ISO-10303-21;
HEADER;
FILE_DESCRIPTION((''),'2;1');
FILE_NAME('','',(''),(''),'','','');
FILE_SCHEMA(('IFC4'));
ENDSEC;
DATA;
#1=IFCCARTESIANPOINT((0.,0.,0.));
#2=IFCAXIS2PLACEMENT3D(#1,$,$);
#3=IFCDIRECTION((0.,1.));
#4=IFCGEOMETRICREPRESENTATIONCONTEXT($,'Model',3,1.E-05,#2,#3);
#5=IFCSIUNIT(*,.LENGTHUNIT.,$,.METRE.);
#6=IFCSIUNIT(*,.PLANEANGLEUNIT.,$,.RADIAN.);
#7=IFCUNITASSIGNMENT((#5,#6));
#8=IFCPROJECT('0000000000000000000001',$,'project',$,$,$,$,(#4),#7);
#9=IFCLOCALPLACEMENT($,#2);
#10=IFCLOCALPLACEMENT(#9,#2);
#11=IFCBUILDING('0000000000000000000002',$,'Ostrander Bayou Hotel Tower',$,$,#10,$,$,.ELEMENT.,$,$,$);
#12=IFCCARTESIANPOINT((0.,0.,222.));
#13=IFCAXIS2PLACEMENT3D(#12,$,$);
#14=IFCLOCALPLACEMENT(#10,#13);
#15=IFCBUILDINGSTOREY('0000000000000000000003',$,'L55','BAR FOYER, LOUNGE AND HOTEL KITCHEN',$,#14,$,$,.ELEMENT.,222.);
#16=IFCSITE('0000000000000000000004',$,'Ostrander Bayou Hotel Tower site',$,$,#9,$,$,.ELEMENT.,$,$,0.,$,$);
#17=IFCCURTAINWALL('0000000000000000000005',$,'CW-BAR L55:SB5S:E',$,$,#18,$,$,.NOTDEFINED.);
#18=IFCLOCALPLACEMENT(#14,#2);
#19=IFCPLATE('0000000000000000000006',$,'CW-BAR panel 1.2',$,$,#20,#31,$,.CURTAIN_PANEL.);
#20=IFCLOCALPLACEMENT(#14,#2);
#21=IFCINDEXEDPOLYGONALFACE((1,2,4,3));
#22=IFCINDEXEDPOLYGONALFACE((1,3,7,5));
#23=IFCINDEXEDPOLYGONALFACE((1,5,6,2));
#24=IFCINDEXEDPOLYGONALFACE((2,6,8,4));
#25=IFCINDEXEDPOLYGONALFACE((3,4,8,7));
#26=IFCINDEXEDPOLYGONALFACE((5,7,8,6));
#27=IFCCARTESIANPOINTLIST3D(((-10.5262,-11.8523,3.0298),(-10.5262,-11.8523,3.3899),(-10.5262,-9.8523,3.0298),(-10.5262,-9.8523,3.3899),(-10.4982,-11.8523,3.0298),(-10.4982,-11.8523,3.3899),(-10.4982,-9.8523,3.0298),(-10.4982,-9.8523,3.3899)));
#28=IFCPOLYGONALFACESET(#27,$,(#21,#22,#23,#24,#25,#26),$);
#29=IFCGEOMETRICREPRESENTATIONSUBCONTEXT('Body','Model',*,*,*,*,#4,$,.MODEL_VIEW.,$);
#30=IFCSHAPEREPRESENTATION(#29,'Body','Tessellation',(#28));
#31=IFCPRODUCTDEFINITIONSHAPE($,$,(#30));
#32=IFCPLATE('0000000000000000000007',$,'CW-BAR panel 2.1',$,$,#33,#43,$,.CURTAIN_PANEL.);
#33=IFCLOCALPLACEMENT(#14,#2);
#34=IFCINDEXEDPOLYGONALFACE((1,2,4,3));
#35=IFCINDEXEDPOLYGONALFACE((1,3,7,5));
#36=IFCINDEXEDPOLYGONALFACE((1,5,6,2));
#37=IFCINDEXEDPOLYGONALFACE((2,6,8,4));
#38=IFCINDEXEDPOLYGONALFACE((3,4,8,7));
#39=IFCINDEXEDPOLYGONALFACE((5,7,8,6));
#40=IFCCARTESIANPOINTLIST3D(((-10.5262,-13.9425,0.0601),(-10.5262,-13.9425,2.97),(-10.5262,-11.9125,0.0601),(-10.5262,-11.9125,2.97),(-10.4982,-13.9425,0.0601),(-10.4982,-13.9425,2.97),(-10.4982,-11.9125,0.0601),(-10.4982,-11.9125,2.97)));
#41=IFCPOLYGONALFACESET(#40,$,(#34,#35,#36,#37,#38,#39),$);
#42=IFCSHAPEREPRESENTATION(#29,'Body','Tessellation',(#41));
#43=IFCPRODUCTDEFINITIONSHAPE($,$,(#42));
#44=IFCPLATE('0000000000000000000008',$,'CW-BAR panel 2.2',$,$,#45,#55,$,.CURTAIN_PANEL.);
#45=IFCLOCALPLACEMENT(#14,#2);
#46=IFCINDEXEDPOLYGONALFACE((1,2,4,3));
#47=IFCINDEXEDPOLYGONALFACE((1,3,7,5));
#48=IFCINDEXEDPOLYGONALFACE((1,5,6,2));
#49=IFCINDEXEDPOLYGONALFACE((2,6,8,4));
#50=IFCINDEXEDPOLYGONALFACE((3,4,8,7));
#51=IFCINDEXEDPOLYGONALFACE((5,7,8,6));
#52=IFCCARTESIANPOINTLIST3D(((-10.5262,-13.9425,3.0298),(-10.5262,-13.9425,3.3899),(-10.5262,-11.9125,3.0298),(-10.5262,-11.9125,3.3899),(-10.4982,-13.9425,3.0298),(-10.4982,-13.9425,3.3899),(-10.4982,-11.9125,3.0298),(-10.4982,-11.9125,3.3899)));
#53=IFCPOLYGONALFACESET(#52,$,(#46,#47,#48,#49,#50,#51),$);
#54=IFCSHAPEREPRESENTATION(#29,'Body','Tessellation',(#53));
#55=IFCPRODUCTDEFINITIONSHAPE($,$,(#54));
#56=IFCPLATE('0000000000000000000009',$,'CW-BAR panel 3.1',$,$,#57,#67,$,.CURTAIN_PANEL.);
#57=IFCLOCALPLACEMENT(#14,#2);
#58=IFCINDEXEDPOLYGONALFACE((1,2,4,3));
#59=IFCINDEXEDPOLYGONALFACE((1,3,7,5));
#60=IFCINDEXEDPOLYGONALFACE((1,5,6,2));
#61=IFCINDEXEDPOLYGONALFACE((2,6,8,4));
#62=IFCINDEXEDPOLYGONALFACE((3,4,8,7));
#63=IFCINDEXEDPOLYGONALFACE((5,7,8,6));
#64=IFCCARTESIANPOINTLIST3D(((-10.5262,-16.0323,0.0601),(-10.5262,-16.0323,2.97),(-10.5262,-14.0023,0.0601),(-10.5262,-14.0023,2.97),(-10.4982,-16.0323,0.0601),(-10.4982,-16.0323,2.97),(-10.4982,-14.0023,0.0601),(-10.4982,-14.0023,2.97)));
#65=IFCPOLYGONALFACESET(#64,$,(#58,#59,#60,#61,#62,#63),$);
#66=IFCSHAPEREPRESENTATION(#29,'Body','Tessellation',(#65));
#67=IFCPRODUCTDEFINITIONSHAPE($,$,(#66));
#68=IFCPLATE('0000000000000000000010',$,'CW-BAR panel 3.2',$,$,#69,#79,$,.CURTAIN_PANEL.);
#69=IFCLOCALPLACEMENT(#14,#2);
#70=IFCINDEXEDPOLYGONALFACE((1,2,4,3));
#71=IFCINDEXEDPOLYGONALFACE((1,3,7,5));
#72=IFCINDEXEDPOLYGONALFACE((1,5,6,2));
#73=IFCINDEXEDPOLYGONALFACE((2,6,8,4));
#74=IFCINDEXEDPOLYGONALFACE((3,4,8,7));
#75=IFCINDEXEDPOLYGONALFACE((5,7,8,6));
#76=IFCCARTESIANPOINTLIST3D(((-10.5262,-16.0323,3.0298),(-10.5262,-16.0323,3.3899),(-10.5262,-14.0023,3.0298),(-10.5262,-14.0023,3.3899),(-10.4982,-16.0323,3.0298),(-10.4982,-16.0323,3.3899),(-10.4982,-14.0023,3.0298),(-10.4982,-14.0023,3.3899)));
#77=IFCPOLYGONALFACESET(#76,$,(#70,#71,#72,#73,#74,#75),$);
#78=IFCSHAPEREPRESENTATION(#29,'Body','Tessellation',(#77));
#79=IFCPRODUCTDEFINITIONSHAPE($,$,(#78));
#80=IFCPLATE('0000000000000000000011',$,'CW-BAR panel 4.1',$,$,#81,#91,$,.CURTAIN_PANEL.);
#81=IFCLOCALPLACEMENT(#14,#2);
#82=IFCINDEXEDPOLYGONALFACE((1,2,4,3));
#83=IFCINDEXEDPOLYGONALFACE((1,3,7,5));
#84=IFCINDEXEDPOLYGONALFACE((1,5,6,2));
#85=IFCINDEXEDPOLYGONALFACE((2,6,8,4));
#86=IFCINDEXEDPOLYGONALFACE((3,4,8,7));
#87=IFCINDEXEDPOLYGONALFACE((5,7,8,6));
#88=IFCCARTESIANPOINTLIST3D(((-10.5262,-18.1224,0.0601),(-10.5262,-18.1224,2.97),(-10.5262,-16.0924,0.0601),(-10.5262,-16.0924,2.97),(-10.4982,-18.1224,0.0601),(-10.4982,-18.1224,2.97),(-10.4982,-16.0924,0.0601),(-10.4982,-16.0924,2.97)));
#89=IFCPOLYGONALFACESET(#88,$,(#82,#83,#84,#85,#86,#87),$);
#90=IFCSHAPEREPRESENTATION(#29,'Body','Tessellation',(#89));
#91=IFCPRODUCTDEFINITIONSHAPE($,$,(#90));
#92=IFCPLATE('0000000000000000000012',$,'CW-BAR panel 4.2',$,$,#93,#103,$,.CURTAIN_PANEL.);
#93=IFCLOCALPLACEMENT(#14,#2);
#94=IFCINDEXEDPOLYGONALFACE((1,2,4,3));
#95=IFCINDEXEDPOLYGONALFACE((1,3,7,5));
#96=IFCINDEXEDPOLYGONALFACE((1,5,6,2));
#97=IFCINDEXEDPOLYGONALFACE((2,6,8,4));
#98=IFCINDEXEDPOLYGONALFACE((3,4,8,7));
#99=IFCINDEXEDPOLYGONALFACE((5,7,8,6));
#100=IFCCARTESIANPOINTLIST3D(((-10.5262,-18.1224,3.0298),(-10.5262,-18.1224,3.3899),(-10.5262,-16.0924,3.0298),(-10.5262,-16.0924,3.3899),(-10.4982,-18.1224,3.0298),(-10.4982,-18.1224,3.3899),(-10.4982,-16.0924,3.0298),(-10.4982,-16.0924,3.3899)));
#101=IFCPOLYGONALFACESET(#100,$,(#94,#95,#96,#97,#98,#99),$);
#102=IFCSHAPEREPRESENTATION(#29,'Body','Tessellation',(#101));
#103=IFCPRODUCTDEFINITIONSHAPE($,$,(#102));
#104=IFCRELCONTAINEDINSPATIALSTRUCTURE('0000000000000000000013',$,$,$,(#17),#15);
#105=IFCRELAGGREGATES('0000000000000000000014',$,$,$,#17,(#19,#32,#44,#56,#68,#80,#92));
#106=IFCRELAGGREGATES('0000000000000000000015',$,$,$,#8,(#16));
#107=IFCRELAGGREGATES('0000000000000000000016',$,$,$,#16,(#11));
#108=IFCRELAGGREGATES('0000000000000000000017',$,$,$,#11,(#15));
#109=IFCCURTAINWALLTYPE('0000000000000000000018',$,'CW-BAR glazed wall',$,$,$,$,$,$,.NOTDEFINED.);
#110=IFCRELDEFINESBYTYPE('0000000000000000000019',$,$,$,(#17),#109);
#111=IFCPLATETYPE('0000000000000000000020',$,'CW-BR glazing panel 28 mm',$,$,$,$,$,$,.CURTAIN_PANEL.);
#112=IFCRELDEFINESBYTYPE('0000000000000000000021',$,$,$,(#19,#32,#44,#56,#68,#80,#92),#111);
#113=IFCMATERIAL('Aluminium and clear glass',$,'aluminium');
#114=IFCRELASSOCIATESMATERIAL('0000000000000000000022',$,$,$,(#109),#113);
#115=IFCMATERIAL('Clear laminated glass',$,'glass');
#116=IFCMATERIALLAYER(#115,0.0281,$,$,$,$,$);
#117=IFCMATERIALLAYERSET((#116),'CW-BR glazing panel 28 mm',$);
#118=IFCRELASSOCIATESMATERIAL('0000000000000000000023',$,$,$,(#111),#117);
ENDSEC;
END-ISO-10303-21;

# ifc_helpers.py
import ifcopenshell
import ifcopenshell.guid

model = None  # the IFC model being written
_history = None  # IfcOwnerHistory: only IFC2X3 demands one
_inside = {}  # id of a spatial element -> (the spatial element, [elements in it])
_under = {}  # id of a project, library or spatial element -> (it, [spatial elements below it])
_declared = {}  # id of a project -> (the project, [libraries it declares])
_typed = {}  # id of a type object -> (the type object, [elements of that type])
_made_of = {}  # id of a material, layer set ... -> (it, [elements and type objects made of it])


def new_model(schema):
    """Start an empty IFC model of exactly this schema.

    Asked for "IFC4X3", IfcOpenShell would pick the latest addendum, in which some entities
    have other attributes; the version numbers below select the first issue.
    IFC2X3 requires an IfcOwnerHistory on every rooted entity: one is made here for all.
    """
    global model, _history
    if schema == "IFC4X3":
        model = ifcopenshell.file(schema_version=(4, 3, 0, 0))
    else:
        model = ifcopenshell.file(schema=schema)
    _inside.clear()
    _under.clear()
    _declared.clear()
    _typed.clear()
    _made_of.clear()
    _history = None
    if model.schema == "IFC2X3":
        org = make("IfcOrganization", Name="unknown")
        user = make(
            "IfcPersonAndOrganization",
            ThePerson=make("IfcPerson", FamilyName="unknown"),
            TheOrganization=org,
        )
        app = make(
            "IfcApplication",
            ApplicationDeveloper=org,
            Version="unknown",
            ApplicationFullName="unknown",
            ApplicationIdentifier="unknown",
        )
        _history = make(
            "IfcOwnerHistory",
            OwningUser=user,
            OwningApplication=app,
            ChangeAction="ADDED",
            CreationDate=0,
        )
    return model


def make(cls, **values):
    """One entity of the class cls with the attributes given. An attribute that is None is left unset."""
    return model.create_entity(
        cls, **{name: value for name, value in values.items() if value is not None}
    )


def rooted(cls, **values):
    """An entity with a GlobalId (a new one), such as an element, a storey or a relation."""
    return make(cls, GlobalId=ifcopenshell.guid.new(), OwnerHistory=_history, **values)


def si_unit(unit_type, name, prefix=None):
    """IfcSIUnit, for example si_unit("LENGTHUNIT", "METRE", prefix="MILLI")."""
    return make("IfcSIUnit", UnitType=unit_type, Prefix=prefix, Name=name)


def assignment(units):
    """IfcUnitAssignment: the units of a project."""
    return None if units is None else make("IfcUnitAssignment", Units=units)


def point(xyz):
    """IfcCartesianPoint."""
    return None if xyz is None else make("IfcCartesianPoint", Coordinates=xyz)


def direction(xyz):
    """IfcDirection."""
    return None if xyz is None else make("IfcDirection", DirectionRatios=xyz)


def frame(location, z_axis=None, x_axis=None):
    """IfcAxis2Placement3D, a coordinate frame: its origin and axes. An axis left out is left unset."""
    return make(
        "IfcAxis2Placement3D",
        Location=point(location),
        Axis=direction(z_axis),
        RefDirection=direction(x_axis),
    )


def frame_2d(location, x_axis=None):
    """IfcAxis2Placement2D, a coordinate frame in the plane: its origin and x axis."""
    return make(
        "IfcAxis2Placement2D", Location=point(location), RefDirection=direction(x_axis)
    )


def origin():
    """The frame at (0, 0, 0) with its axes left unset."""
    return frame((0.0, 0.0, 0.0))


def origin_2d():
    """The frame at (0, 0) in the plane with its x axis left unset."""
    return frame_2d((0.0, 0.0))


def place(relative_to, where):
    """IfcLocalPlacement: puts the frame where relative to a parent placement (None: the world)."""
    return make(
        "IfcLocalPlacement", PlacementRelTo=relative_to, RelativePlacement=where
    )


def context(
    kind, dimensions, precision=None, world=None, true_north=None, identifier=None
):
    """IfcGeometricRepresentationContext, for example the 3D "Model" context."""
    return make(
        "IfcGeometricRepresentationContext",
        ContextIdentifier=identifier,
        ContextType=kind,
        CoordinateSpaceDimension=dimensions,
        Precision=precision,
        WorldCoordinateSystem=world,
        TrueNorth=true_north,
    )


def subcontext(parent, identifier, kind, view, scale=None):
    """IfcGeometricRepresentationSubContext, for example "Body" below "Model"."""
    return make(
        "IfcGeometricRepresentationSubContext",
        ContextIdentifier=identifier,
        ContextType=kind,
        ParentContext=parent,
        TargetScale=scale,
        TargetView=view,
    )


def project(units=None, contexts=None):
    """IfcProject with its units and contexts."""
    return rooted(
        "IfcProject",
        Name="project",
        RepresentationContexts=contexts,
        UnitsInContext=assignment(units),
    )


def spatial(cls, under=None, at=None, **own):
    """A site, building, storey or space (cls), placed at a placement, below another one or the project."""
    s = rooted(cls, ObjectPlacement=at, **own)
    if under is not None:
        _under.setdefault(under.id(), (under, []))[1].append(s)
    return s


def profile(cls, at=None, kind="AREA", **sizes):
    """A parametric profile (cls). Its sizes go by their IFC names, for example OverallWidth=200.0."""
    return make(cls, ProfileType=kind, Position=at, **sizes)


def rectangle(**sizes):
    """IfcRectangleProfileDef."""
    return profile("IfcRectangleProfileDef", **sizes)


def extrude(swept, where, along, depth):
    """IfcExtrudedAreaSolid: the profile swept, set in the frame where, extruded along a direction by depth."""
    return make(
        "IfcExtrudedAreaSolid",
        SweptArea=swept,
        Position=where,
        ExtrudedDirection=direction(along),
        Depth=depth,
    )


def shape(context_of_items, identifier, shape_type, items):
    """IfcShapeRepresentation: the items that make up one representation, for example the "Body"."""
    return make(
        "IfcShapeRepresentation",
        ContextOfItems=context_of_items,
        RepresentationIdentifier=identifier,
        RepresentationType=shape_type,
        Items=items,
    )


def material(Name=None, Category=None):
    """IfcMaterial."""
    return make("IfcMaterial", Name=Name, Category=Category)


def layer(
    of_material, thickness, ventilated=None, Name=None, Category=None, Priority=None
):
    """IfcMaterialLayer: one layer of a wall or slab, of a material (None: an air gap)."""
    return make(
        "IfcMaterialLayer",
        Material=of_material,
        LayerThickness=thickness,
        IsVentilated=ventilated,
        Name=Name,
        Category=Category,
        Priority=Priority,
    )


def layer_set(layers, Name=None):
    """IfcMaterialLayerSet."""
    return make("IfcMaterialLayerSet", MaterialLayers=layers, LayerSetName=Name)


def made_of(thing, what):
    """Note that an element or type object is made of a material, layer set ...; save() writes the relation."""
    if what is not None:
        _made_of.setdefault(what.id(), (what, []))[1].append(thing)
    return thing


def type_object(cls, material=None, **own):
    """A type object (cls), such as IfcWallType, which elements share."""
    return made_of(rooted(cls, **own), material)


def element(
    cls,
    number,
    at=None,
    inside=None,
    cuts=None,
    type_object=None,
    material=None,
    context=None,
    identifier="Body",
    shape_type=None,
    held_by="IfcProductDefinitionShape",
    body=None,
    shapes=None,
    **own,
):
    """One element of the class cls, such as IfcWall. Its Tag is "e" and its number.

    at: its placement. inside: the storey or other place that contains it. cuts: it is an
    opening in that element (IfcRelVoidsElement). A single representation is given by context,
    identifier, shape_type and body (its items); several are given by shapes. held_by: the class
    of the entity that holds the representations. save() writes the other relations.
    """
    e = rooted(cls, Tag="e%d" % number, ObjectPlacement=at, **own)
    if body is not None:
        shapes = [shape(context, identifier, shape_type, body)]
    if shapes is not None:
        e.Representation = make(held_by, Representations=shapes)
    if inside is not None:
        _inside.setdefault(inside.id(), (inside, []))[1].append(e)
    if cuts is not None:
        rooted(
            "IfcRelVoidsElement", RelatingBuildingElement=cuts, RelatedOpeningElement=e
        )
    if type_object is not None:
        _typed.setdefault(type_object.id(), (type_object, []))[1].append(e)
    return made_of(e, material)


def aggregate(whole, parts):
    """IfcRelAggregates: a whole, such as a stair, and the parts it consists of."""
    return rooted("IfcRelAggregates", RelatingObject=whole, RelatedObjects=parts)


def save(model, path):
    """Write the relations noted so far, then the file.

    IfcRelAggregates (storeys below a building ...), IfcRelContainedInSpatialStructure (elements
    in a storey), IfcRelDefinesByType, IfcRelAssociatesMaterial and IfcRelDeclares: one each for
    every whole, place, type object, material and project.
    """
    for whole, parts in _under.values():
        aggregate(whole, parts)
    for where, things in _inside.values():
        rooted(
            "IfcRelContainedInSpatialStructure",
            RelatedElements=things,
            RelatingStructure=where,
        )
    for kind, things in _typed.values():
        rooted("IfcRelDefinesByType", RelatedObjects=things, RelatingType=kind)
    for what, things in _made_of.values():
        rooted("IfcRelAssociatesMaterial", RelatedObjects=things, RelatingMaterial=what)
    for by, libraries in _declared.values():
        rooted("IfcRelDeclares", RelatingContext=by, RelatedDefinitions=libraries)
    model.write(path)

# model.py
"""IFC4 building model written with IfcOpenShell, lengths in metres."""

from ifc_helpers import new_model, si_unit, direction, frame, origin, origin_2d, place, context, subcontext, project, spatial, rectangle, extrude, material, layer, layer_set, type_object, element, aggregate, save


model = new_model("IFC4")

# Units and contexts
model_context = context("Model", 3, precision=1e-05, world=origin(), true_north=direction((0.0, 1.0)))
body_context = subcontext(model_context, "Body", "Model", "MODEL_VIEW")
ifc_project = project(units=[si_unit("LENGTHUNIT", "METRE"), si_unit("PLANEANGLEUNIT", "RADIAN")], contexts=[model_context])

# Site, building, storey
site_placement = place(None, origin())
site = spatial("IfcSite", under=ifc_project, at=site_placement, Name="Ostrander Bayou Hotel Tower site", CompositionType="ELEMENT", RefElevation=0.0)
building_placement = place(site_placement, origin())
building = spatial("IfcBuilding", under=site, at=building_placement, Name="Ostrander Bayou Hotel Tower", CompositionType="ELEMENT")
storey_placement = place(building_placement, frame((0.0, 0.0, 222.0)))
storey = spatial("IfcBuildingStorey", under=building, at=storey_placement, Name="L55", Description="BAR FOYER, LOUNGE AND HOTEL KITCHEN", CompositionType="ELEMENT", Elevation=222.0)

# Curtain wall, plates
ifc_material_1 = material(Name="Aluminium and clear glass", Category="aluminium")
curtain_wall_type = type_object("IfcCurtainWallType", Name="CW-BAR glazed wall", PredefinedType="NOTDEFINED", material=ifc_material_1)
curtain_wall_placement = place(storey_placement, origin())
curtain_wall = element("IfcCurtainWall", 1, at=curtain_wall_placement, inside=storey, type_object=curtain_wall_type, Name="CW-BAR L55:SB5S:E", PredefinedType="NOTDEFINED")
ifc_material_2 = material(Name="Clear laminated glass", Category="glass")
ifc_layer = layer(ifc_material_2, 0.0281)
ifc_layer_set = layer_set([ifc_layer], Name="CW-BR glazing panel 28 mm")
plate_type = type_object("IfcPlateType", Name="CW-BR glazing panel 28 mm", PredefinedType="CURTAIN_PANEL", material=ifc_layer_set)
plate_1_placement = place(storey_placement, frame((-10.5122, -10.8523, 3.0298), z_axis=(0.0, 0.0, 1.0), x_axis=(0.0, -1.0, 0.0)))
plate_1 = element("IfcPlate", 2, at=plate_1_placement, type_object=plate_type, Name="CW-BAR panel 1.2", PredefinedType="CURTAIN_PANEL", context=body_context, shape_type="SweptSolid", body=[
    extrude(rectangle(XDim=2.0, YDim=0.0281, at=origin_2d()), origin(), (0.0, 0.0, 1.0), 0.3601),
])
plate_2_placement = place(storey_placement, frame((-10.5122, -12.9275, 0.0601), z_axis=(0.0, 0.0, 1.0), x_axis=(0.0, -1.0, 0.0)))
plate_2 = element("IfcPlate", 3, at=plate_2_placement, type_object=plate_type, Name="CW-BAR panel 2.1", PredefinedType="CURTAIN_PANEL", context=body_context, shape_type="SweptSolid", body=[
    extrude(rectangle(XDim=2.03, YDim=0.0281, at=origin_2d()), origin(), (0.0, 0.0, 1.0), 2.9099),
])
plate_3_placement = place(storey_placement, frame((-10.5122, -12.9275, 3.0298), z_axis=(0.0, 0.0, 1.0), x_axis=(0.0, -1.0, 0.0)))
plate_3 = element("IfcPlate", 4, at=plate_3_placement, type_object=plate_type, Name="CW-BAR panel 2.2", PredefinedType="CURTAIN_PANEL", context=body_context, shape_type="SweptSolid", body=[
    extrude(rectangle(XDim=2.03, YDim=0.0281, at=origin_2d()), origin(), (0.0, 0.0, 1.0), 0.3601),
])
plate_4_placement = place(storey_placement, frame((-10.5122, -15.0173, 0.0601), z_axis=(0.0, 0.0, 1.0), x_axis=(0.0, -1.0, 0.0)))
plate_4 = element("IfcPlate", 5, at=plate_4_placement, type_object=plate_type, Name="CW-BAR panel 3.1", PredefinedType="CURTAIN_PANEL", context=body_context, shape_type="SweptSolid", body=[
    extrude(rectangle(XDim=2.03, YDim=0.0281, at=origin_2d()), origin(), (0.0, 0.0, 1.0), 2.9099),
])
plate_5_placement = place(storey_placement, frame((-10.5122, -15.0173, 3.0298), z_axis=(0.0, 0.0, 1.0), x_axis=(0.0, -1.0, 0.0)))
plate_5 = element("IfcPlate", 6, at=plate_5_placement, type_object=plate_type, Name="CW-BAR panel 3.2", PredefinedType="CURTAIN_PANEL", context=body_context, shape_type="SweptSolid", body=[
    extrude(rectangle(XDim=2.03, YDim=0.0281, at=origin_2d()), origin(), (0.0, 0.0, 1.0), 0.3601),
])
plate_6_placement = place(storey_placement, frame((-10.5122, -17.1074, 0.0601), z_axis=(0.0, 0.0, 1.0), x_axis=(0.0, -1.0, 0.0)))
plate_6 = element("IfcPlate", 7, at=plate_6_placement, type_object=plate_type, Name="CW-BAR panel 4.1", PredefinedType="CURTAIN_PANEL", context=body_context, shape_type="SweptSolid", body=[
    extrude(rectangle(XDim=2.03, YDim=0.0281, at=origin_2d()), origin(), (0.0, 0.0, 1.0), 2.9099),
])
plate_7_placement = place(storey_placement, frame((-10.5122, -17.1074, 3.0298), z_axis=(0.0, 0.0, 1.0), x_axis=(0.0, -1.0, 0.0)))
plate_7 = element("IfcPlate", 8, at=plate_7_placement, type_object=plate_type, Name="CW-BAR panel 4.2", PredefinedType="CURTAIN_PANEL", context=body_context, shape_type="SweptSolid", body=[
    extrude(rectangle(XDim=2.03, YDim=0.0281, at=origin_2d()), origin(), (0.0, 0.0, 1.0), 0.3601),
])
aggregate(curtain_wall, [plate_1, plate_2, plate_3, plate_4, plate_5, plate_6, plate_7])

save(model, "model.ifc")
